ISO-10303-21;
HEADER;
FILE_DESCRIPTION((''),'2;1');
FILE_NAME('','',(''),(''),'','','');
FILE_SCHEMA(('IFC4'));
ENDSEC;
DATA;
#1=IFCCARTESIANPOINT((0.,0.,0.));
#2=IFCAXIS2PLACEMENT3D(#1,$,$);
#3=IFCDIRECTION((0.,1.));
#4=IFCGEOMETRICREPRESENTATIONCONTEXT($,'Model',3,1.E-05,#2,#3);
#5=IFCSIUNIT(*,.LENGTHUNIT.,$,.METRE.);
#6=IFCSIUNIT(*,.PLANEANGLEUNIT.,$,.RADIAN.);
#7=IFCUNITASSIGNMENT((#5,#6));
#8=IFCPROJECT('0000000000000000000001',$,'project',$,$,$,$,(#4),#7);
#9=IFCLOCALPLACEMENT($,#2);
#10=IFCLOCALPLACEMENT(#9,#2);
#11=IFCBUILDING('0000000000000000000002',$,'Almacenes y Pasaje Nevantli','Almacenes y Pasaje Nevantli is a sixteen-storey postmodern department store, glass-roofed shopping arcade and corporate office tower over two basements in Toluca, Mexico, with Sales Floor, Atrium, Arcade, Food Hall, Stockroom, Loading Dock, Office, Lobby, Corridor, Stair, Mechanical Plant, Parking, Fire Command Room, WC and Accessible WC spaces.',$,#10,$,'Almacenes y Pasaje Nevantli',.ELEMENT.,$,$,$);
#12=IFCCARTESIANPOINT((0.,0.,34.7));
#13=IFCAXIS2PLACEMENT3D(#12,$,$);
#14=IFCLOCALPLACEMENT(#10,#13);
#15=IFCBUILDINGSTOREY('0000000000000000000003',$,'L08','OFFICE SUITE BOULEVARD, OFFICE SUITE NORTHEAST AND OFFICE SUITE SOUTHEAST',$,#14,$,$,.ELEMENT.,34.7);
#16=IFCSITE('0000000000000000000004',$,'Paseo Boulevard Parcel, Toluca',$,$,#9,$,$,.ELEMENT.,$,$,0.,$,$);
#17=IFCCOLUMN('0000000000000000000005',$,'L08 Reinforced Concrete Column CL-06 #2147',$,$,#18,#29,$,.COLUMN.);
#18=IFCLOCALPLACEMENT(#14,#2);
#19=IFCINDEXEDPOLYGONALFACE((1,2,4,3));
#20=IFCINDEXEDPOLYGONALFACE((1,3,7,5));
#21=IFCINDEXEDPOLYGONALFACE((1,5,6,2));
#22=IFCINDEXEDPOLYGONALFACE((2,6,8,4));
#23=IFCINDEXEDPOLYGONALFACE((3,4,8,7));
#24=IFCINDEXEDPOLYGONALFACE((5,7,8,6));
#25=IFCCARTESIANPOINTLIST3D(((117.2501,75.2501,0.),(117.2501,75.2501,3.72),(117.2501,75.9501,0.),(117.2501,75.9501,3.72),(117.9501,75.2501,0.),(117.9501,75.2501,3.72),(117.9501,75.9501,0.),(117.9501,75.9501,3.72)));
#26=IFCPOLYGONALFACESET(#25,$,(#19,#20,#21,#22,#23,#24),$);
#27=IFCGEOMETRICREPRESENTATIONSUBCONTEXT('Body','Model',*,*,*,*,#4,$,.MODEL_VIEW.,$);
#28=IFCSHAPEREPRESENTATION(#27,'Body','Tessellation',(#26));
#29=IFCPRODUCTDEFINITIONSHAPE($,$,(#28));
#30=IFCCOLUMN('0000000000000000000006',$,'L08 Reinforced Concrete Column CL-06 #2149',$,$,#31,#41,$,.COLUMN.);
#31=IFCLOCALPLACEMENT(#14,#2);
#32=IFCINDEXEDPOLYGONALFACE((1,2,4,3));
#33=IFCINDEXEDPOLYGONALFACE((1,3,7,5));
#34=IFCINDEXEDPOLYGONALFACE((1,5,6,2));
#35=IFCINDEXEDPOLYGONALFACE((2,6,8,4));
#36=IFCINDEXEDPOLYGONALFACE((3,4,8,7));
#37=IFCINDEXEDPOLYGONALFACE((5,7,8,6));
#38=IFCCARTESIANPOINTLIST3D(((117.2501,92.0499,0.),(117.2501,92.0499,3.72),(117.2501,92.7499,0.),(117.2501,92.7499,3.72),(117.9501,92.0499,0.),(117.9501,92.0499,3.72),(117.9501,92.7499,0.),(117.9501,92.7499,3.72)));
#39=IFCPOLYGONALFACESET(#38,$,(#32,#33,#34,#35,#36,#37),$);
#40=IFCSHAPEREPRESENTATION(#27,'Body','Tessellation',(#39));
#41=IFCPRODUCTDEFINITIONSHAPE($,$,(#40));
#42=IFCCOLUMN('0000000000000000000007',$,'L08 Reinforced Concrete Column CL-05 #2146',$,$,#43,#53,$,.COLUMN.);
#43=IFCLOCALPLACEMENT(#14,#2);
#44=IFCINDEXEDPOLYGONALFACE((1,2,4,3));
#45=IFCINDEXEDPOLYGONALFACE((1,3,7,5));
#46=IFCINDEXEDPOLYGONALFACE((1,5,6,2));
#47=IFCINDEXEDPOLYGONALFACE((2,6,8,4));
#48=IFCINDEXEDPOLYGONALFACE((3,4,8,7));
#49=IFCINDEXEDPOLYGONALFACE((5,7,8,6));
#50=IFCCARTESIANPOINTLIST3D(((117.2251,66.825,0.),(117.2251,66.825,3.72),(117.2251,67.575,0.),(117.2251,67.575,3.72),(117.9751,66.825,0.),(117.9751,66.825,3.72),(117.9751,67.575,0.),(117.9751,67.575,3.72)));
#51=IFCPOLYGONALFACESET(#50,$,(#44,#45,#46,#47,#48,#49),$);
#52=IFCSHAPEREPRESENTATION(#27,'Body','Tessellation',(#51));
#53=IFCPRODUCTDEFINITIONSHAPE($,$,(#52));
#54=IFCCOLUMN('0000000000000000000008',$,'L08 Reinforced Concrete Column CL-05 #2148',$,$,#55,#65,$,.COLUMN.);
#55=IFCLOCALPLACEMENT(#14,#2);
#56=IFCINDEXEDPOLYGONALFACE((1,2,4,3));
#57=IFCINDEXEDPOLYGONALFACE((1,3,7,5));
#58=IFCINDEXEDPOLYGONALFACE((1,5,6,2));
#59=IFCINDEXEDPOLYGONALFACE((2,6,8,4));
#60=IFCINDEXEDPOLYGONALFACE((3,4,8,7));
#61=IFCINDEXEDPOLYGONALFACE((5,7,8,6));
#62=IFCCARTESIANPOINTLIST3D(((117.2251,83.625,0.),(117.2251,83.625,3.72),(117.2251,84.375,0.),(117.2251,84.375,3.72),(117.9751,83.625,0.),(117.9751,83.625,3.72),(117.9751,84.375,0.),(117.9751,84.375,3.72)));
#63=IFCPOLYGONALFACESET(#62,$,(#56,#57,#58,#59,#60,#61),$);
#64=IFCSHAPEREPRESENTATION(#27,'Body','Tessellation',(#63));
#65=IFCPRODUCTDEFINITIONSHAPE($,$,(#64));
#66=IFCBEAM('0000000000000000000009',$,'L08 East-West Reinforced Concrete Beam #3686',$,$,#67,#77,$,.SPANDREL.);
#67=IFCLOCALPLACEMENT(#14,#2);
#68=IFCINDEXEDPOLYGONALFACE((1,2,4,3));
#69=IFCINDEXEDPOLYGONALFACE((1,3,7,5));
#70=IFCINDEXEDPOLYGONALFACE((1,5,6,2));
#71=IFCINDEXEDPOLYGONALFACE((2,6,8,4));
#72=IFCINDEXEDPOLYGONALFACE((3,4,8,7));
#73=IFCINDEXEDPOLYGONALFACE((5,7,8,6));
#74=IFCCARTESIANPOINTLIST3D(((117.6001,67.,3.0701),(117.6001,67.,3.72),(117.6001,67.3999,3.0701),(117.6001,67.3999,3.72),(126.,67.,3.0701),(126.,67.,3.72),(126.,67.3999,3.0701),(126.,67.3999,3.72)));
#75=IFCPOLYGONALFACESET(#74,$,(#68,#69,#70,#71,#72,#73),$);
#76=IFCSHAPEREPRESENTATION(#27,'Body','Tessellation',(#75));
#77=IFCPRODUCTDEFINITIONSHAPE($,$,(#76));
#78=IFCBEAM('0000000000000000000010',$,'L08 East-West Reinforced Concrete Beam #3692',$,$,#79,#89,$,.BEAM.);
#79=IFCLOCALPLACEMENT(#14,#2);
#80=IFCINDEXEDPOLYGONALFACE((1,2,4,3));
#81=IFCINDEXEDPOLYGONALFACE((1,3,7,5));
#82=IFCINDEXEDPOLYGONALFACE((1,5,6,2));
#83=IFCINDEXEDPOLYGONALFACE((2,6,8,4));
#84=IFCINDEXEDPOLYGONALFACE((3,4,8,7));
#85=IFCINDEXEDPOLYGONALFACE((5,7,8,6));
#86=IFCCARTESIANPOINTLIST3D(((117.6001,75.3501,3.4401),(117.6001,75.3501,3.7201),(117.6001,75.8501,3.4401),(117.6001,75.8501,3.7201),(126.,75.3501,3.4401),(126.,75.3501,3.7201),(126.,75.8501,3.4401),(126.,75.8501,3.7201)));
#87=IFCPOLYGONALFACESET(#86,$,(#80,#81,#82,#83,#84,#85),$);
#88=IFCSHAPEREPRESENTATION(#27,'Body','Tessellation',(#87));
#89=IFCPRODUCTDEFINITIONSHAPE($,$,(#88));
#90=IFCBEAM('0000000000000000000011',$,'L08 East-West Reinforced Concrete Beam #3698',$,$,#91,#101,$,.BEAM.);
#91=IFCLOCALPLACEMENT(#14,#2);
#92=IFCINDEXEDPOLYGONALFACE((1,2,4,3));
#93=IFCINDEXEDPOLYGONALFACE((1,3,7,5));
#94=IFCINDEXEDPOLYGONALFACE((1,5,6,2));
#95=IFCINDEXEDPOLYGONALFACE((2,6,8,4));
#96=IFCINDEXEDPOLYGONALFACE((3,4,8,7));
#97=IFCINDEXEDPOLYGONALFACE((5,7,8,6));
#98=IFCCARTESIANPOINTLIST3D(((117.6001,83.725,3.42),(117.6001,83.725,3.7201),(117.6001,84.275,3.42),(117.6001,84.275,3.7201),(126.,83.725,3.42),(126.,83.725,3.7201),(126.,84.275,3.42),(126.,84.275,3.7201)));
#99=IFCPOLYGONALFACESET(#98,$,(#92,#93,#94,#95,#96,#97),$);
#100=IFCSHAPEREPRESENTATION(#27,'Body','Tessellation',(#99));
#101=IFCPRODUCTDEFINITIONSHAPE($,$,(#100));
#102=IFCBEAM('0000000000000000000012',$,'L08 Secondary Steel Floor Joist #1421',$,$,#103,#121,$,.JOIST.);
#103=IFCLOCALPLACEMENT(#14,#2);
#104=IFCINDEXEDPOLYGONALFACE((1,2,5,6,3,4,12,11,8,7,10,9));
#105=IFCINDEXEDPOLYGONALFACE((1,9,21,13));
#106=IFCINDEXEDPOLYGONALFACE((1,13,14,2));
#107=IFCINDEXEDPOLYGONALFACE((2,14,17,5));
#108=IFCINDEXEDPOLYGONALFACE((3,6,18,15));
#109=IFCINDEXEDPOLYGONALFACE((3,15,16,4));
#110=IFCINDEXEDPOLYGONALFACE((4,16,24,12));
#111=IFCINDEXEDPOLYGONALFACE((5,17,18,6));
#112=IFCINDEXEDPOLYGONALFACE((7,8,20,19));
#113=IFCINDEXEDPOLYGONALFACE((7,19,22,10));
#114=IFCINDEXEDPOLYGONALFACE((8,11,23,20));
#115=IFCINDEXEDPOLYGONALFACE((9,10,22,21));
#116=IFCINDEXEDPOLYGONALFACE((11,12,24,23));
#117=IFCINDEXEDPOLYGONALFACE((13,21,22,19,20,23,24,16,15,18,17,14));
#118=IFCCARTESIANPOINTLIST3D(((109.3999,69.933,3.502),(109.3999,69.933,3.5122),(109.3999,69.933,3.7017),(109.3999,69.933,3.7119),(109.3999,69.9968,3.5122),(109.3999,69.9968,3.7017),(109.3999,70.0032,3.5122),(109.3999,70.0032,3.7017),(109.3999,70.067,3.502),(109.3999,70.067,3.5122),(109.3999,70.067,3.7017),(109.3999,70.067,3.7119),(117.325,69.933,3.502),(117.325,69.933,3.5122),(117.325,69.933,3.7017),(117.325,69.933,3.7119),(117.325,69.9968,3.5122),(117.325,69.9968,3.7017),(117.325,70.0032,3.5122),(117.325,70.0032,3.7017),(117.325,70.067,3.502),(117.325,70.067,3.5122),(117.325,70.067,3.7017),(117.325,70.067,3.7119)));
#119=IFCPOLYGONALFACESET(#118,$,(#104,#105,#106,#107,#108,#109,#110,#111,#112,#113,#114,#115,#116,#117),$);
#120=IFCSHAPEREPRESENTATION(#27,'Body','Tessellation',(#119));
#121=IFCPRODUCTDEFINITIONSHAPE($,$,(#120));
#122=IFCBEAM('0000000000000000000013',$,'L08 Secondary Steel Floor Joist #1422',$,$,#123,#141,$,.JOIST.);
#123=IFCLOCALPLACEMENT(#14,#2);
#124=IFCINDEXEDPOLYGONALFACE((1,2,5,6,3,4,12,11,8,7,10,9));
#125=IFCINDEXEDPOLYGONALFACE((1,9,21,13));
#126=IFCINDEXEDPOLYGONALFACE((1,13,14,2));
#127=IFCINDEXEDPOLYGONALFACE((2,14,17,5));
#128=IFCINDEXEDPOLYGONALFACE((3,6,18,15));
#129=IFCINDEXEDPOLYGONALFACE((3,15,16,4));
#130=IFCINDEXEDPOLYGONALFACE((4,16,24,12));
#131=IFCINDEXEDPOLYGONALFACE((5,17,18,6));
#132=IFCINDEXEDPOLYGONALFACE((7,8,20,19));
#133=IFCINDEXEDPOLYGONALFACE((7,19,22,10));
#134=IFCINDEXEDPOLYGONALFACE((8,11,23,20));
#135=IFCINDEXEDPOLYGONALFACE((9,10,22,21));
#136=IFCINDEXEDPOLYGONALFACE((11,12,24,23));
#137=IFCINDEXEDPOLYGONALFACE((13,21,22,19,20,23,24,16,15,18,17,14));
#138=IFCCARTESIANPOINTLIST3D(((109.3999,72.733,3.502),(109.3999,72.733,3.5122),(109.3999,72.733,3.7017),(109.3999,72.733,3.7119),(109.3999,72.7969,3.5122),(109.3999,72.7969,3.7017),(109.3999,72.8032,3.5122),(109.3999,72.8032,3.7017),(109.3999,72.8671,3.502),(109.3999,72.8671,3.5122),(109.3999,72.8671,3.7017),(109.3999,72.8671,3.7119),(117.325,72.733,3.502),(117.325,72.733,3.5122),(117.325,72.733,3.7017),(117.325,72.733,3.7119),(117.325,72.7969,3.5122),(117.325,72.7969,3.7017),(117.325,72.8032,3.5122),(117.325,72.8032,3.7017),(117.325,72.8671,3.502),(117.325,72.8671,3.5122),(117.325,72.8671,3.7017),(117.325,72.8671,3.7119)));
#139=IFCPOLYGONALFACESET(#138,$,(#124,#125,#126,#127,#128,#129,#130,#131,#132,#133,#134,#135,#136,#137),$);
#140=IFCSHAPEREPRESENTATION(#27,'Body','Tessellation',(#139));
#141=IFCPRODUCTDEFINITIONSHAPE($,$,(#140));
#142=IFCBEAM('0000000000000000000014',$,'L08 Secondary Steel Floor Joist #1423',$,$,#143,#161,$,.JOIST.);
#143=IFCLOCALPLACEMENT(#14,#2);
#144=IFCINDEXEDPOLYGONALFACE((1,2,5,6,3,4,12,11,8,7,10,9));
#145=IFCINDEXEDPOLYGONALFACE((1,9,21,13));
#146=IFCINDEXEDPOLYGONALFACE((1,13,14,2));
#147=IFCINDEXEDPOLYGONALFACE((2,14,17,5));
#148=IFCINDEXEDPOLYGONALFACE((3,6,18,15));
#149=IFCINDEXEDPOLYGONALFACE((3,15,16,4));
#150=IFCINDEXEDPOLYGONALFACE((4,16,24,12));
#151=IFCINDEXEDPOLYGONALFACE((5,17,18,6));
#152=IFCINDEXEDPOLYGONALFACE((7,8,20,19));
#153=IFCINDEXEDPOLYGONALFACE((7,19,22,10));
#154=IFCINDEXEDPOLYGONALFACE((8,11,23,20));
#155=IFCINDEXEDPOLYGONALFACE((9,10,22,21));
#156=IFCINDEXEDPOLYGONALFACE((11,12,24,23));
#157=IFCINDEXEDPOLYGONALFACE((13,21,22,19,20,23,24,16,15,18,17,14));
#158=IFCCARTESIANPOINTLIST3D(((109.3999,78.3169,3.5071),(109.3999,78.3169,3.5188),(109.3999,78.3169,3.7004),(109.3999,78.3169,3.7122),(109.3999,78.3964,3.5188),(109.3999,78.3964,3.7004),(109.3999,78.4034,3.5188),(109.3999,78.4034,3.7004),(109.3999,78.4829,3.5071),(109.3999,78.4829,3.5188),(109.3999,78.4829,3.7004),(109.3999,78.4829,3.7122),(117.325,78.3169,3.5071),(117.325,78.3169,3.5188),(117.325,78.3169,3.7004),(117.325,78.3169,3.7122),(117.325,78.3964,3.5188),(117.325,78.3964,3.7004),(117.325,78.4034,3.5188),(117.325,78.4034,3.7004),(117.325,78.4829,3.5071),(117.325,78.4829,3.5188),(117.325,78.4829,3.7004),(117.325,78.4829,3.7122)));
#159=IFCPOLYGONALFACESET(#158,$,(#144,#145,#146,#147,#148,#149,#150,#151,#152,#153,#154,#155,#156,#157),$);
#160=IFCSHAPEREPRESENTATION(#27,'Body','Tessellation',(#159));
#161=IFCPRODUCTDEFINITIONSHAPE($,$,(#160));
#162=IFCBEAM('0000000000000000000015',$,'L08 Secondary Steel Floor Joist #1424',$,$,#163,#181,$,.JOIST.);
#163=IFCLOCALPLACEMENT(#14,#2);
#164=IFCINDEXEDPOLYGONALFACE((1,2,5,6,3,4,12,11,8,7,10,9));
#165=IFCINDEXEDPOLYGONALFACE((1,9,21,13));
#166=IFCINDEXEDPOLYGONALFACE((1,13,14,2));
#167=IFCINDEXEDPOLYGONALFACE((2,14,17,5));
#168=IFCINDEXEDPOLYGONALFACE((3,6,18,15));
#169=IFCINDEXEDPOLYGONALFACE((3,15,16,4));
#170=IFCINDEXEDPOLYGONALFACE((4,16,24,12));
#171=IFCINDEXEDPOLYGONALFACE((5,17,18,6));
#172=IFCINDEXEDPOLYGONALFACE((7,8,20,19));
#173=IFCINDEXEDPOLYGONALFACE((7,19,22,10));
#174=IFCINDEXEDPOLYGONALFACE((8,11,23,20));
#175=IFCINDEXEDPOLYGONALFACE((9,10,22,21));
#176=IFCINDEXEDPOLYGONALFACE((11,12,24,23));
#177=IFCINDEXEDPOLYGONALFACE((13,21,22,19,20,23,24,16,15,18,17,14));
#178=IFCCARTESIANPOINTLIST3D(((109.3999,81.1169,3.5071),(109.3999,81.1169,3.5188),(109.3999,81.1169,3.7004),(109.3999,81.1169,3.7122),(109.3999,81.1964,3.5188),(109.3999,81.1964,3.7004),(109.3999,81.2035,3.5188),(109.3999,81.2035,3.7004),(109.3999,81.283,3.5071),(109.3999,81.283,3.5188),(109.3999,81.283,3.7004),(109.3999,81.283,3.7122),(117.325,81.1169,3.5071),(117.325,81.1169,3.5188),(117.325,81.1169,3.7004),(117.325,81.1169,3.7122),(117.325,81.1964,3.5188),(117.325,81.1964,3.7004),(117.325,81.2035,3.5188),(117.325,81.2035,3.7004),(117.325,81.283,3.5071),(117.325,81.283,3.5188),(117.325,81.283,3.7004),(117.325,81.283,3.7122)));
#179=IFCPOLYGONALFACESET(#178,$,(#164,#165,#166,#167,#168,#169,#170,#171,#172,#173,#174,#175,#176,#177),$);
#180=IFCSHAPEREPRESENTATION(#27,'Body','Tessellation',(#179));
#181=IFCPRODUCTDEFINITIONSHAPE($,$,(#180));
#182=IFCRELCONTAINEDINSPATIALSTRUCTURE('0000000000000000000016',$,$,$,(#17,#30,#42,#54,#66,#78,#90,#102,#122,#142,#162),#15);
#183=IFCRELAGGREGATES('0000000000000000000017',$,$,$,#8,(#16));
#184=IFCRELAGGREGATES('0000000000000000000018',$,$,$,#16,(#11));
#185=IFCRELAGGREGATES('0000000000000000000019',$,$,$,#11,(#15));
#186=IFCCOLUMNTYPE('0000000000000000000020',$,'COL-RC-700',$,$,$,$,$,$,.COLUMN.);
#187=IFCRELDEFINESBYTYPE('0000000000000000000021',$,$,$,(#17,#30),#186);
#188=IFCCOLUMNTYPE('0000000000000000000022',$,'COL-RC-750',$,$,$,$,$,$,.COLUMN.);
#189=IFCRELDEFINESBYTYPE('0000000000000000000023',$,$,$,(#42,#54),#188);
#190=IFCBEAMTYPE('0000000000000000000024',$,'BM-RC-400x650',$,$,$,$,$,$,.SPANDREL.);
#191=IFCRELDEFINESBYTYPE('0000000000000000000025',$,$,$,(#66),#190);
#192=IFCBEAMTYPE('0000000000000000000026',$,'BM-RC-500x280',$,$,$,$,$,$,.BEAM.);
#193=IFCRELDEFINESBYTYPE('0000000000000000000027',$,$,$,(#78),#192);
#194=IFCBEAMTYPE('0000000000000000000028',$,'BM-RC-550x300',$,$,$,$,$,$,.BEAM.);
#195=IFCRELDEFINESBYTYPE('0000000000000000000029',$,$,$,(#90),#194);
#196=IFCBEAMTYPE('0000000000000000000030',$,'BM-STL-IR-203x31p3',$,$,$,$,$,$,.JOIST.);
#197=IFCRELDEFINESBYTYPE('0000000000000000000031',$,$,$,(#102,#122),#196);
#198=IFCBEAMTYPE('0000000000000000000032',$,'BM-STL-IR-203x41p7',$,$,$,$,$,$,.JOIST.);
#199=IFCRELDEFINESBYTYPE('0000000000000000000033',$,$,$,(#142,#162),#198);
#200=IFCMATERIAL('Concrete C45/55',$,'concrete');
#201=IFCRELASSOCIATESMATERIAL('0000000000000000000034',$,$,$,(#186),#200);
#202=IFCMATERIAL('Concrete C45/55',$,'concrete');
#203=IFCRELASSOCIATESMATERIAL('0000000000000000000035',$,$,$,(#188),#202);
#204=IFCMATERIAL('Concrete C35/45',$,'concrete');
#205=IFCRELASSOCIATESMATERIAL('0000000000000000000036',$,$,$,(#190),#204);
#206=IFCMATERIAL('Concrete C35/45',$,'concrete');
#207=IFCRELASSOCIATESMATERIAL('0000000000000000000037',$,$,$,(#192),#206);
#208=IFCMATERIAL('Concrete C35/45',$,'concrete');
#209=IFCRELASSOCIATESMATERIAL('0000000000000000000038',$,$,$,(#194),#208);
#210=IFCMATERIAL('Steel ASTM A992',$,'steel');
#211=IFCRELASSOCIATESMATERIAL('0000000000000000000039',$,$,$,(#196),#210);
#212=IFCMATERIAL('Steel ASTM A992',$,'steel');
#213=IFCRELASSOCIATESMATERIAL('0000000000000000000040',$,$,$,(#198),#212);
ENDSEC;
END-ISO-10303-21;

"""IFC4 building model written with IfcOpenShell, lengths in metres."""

from ifc_helpers import new_model, si_unit, direction, frame, origin, origin_2d, place, context, subcontext, project, spatial, rectangle, i_section, extrude, material, material_profile, profile_set, type_object, element, save


model = new_model("IFC4")

# Units and contexts
model_context = context("Model", 3, precision=1e-05, world=origin(), true_north=direction((0.0, 1.0)))
body_context = subcontext(model_context, "Body", "Model", "MODEL_VIEW")
ifc_project = project(units=[si_unit("LENGTHUNIT", "METRE"), si_unit("PLANEANGLEUNIT", "RADIAN")], contexts=[model_context])

# Site, building, storey
site_placement = place(None, origin())
site = spatial("IfcSite", under=ifc_project, at=site_placement, Name="Paseo Boulevard Parcel, Toluca", CompositionType="ELEMENT", RefElevation=0.0)
building_placement = place(site_placement, origin())
building = spatial("IfcBuilding", under=site, at=building_placement, Name="Almacenes y Pasaje Nevantli", Description="Almacenes y Pasaje Nevantli is a sixteen-storey postmodern department store, glass-roofed shopping arcade and corporate office tower over two basements in Toluca, Mexico, with Sales Floor, Atrium, Arcade, Food Hall, Stockroom, Loading Dock, Office, Lobby, Corridor, Stair, Mechanical Plant, Parking, Fire Command Room, WC and Accessible WC spaces.", LongName="Almacenes y Pasaje Nevantli", CompositionType="ELEMENT")
storey_placement = place(building_placement, frame((0.0, 0.0, 34.7)))
storey = spatial("IfcBuildingStorey", under=building, at=storey_placement, Name="L08", Description="OFFICE SUITE BOULEVARD, OFFICE SUITE NORTHEAST AND OFFICE SUITE SOUTHEAST", CompositionType="ELEMENT", Elevation=34.7)

# Columns
ifc_material_1 = material(Name="Concrete C45/55", Category="concrete")
ifc_material_profile_1 = material_profile(ifc_material_1, rectangle(XDim=0.7, YDim=0.7, at=origin_2d()), Name="RC-COL-700x700")
ifc_profile_set_1 = profile_set([ifc_material_profile_1], Name="Concrete C45/55")
column_type_1 = type_object("IfcColumnType", Name="COL-RC-700", PredefinedType="COLUMN", material=ifc_profile_set_1)
for number, where, z_axis, x_axis, name in (
    (1, (117.6001, 75.6001, 0.0), (0.0, 0.0, 1.0), (1.0, 0.0, 0.0), "L08 Reinforced Concrete Column CL-06 #2147"),
    (2, (117.6001, 92.3999, 0.0), (0.0, 0.0, 1.0), (1.0, 0.0, 0.0), "L08 Reinforced Concrete Column CL-06 #2149"),
):
    element("IfcColumn", number, at=place(storey_placement, frame(where, z_axis=z_axis, x_axis=x_axis)), inside=storey, type_object=column_type_1, Name=name, PredefinedType="COLUMN", context=body_context, shape_type="SweptSolid", body=[
        extrude(rectangle(XDim=0.7, YDim=0.7, at=origin_2d()), origin(), (0.0, 0.0, 1.0), 3.72),
    ])
ifc_material_2 = material(Name="Concrete C45/55", Category="concrete")
ifc_material_profile_2 = material_profile(ifc_material_2, rectangle(XDim=0.75, YDim=0.75, at=origin_2d()), Name="RC-COL-750x750")
ifc_profile_set_2 = profile_set([ifc_material_profile_2], Name="Concrete C45/55")
column_type_2 = type_object("IfcColumnType", Name="COL-RC-750", PredefinedType="COLUMN", material=ifc_profile_set_2)
for number, where, z_axis, x_axis, name in (
    (3, (117.6001, 67.2, 0.0), (0.0, 0.0, 1.0), (1.0, 0.0, 0.0), "L08 Reinforced Concrete Column CL-05 #2146"),
    (4, (117.6001, 84.0, 0.0), (0.0, 0.0, 1.0), (1.0, 0.0, 0.0), "L08 Reinforced Concrete Column CL-05 #2148"),
):
    element("IfcColumn", number, at=place(storey_placement, frame(where, z_axis=z_axis, x_axis=x_axis)), inside=storey, type_object=column_type_2, Name=name, PredefinedType="COLUMN", context=body_context, shape_type="SweptSolid", body=[
        extrude(rectangle(XDim=0.75, YDim=0.75, at=origin_2d()), origin(), (0.0, 0.0, 1.0), 3.72),
    ])

# Beams
ifc_material_3 = material(Name="Concrete C35/45", Category="concrete")
ifc_material_profile_3 = material_profile(ifc_material_3, rectangle(XDim=0.3999, YDim=0.6499, at=origin_2d()), Name="RC-BM-400x650")
ifc_profile_set_3 = profile_set([ifc_material_profile_3], Name="Concrete C35/45")
beam_type_1 = type_object("IfcBeamType", Name="BM-RC-400x650", PredefinedType="SPANDREL", material=ifc_profile_set_3)
beam_1_placement = place(storey_placement, frame((117.6001, 67.2, 3.395), z_axis=(1.0, 0.0, 0.0), x_axis=(0.0, 1.0, 0.0)))
element("IfcBeam", 5, at=beam_1_placement, inside=storey, type_object=beam_type_1, Name="L08 East-West Reinforced Concrete Beam #3686", PredefinedType="SPANDREL", context=body_context, shape_type="SweptSolid", body=[
    extrude(rectangle(XDim=0.3999, YDim=0.6499, at=origin_2d()), origin(), (0.0, 0.0, 1.0), 8.3999),
])
ifc_material_4 = material(Name="Concrete C35/45", Category="concrete")
ifc_material_profile_4 = material_profile(ifc_material_4, rectangle(XDim=0.5, YDim=0.28, at=origin_2d()), Name="RC-BM-500x280")
ifc_profile_set_4 = profile_set([ifc_material_profile_4], Name="Concrete C35/45")
beam_type_2 = type_object("IfcBeamType", Name="BM-RC-500x280", PredefinedType="BEAM", material=ifc_profile_set_4)
beam_2_placement = place(storey_placement, frame((117.6001, 75.6001, 3.5801), z_axis=(1.0, 0.0, 0.0), x_axis=(0.0, 1.0, 0.0)))
element("IfcBeam", 6, at=beam_2_placement, inside=storey, type_object=beam_type_2, Name="L08 East-West Reinforced Concrete Beam #3692", PredefinedType="BEAM", context=body_context, shape_type="SweptSolid", body=[
    extrude(rectangle(XDim=0.5, YDim=0.28, at=origin_2d()), origin(), (0.0, 0.0, 1.0), 8.3999),
])
ifc_material_5 = material(Name="Concrete C35/45", Category="concrete")
ifc_material_profile_5 = material_profile(ifc_material_5, rectangle(XDim=0.55, YDim=0.3, at=origin_2d()), Name="RC-BM-550x300")
ifc_profile_set_5 = profile_set([ifc_material_profile_5], Name="Concrete C35/45")
beam_type_3 = type_object("IfcBeamType", Name="BM-RC-550x300", PredefinedType="BEAM", material=ifc_profile_set_5)
beam_3_placement = place(storey_placement, frame((117.6001, 84.0, 3.5701), z_axis=(1.0, 0.0, 0.0), x_axis=(0.0, 1.0, 0.0)))
element("IfcBeam", 7, at=beam_3_placement, inside=storey, type_object=beam_type_3, Name="L08 East-West Reinforced Concrete Beam #3698", PredefinedType="BEAM", context=body_context, shape_type="SweptSolid", body=[
    extrude(rectangle(XDim=0.55, YDim=0.3, at=origin_2d()), origin(), (0.0, 0.0, 1.0), 8.3999),
])
ifc_material_6 = material(Name="Steel ASTM A992", Category="steel")
ifc_material_profile_6 = material_profile(ifc_material_6, i_section(OverallWidth=0.134, OverallDepth=0.21, WebThickness=0.0063, FlangeThickness=0.0103, at=origin_2d()), Name="IR 203x31.3")
ifc_profile_set_6 = profile_set([ifc_material_profile_6], Name="Steel ASTM A992")
beam_type_4 = type_object("IfcBeamType", Name="BM-STL-IR-203x31p3", PredefinedType="JOIST", material=ifc_profile_set_6)
for number, where, z_axis, x_axis, name in (
    (8, (109.3999, 70.0, 3.6069), (1.0, 0.0, 0.0), (0.0, 1.0, 0.0), "L08 Secondary Steel Floor Joist #1421"),
    (9, (109.3999, 72.8, 3.6069), (1.0, 0.0, 0.0), (0.0, 1.0, 0.0), "L08 Secondary Steel Floor Joist #1422"),
):
    element("IfcBeam", number, at=place(storey_placement, frame(where, z_axis=z_axis, x_axis=x_axis)), inside=storey, type_object=beam_type_4, Name=name, PredefinedType="JOIST", context=body_context, shape_type="SweptSolid", body=[
        extrude(i_section(OverallWidth=0.134, OverallDepth=0.21, WebThickness=0.0063, FlangeThickness=0.0103, at=origin_2d()), origin(), (0.0, 0.0, 1.0), 7.925),
    ])
ifc_material_7 = material(Name="Steel ASTM A992", Category="steel")
ifc_material_profile_7 = material_profile(ifc_material_7, i_section(OverallWidth=0.166, OverallDepth=0.2051, WebThickness=0.0071, FlangeThickness=0.0117, at=origin_2d()), Name="IR 203x41.7")
ifc_profile_set_7 = profile_set([ifc_material_profile_7], Name="Steel ASTM A992")
beam_type_5 = type_object("IfcBeamType", Name="BM-STL-IR-203x41p7", PredefinedType="JOIST", material=ifc_profile_set_7)
for number, where, z_axis, x_axis, name in (
    (10, (109.3999, 78.3999, 3.6096), (1.0, 0.0, 0.0), (0.0, 1.0, 0.0), "L08 Secondary Steel Floor Joist #1423"),
    (11, (109.3999, 81.2, 3.6096), (1.0, 0.0, 0.0), (0.0, 1.0, 0.0), "L08 Secondary Steel Floor Joist #1424"),
):
    element("IfcBeam", number, at=place(storey_placement, frame(where, z_axis=z_axis, x_axis=x_axis)), inside=storey, type_object=beam_type_5, Name=name, PredefinedType="JOIST", context=body_context, shape_type="SweptSolid", body=[
        extrude(i_section(OverallWidth=0.166, OverallDepth=0.2051, WebThickness=0.0071, FlangeThickness=0.0117, at=origin_2d()), origin(), (0.0, 0.0, 1.0), 7.925),
    ])

save(model, "model.ifc")
